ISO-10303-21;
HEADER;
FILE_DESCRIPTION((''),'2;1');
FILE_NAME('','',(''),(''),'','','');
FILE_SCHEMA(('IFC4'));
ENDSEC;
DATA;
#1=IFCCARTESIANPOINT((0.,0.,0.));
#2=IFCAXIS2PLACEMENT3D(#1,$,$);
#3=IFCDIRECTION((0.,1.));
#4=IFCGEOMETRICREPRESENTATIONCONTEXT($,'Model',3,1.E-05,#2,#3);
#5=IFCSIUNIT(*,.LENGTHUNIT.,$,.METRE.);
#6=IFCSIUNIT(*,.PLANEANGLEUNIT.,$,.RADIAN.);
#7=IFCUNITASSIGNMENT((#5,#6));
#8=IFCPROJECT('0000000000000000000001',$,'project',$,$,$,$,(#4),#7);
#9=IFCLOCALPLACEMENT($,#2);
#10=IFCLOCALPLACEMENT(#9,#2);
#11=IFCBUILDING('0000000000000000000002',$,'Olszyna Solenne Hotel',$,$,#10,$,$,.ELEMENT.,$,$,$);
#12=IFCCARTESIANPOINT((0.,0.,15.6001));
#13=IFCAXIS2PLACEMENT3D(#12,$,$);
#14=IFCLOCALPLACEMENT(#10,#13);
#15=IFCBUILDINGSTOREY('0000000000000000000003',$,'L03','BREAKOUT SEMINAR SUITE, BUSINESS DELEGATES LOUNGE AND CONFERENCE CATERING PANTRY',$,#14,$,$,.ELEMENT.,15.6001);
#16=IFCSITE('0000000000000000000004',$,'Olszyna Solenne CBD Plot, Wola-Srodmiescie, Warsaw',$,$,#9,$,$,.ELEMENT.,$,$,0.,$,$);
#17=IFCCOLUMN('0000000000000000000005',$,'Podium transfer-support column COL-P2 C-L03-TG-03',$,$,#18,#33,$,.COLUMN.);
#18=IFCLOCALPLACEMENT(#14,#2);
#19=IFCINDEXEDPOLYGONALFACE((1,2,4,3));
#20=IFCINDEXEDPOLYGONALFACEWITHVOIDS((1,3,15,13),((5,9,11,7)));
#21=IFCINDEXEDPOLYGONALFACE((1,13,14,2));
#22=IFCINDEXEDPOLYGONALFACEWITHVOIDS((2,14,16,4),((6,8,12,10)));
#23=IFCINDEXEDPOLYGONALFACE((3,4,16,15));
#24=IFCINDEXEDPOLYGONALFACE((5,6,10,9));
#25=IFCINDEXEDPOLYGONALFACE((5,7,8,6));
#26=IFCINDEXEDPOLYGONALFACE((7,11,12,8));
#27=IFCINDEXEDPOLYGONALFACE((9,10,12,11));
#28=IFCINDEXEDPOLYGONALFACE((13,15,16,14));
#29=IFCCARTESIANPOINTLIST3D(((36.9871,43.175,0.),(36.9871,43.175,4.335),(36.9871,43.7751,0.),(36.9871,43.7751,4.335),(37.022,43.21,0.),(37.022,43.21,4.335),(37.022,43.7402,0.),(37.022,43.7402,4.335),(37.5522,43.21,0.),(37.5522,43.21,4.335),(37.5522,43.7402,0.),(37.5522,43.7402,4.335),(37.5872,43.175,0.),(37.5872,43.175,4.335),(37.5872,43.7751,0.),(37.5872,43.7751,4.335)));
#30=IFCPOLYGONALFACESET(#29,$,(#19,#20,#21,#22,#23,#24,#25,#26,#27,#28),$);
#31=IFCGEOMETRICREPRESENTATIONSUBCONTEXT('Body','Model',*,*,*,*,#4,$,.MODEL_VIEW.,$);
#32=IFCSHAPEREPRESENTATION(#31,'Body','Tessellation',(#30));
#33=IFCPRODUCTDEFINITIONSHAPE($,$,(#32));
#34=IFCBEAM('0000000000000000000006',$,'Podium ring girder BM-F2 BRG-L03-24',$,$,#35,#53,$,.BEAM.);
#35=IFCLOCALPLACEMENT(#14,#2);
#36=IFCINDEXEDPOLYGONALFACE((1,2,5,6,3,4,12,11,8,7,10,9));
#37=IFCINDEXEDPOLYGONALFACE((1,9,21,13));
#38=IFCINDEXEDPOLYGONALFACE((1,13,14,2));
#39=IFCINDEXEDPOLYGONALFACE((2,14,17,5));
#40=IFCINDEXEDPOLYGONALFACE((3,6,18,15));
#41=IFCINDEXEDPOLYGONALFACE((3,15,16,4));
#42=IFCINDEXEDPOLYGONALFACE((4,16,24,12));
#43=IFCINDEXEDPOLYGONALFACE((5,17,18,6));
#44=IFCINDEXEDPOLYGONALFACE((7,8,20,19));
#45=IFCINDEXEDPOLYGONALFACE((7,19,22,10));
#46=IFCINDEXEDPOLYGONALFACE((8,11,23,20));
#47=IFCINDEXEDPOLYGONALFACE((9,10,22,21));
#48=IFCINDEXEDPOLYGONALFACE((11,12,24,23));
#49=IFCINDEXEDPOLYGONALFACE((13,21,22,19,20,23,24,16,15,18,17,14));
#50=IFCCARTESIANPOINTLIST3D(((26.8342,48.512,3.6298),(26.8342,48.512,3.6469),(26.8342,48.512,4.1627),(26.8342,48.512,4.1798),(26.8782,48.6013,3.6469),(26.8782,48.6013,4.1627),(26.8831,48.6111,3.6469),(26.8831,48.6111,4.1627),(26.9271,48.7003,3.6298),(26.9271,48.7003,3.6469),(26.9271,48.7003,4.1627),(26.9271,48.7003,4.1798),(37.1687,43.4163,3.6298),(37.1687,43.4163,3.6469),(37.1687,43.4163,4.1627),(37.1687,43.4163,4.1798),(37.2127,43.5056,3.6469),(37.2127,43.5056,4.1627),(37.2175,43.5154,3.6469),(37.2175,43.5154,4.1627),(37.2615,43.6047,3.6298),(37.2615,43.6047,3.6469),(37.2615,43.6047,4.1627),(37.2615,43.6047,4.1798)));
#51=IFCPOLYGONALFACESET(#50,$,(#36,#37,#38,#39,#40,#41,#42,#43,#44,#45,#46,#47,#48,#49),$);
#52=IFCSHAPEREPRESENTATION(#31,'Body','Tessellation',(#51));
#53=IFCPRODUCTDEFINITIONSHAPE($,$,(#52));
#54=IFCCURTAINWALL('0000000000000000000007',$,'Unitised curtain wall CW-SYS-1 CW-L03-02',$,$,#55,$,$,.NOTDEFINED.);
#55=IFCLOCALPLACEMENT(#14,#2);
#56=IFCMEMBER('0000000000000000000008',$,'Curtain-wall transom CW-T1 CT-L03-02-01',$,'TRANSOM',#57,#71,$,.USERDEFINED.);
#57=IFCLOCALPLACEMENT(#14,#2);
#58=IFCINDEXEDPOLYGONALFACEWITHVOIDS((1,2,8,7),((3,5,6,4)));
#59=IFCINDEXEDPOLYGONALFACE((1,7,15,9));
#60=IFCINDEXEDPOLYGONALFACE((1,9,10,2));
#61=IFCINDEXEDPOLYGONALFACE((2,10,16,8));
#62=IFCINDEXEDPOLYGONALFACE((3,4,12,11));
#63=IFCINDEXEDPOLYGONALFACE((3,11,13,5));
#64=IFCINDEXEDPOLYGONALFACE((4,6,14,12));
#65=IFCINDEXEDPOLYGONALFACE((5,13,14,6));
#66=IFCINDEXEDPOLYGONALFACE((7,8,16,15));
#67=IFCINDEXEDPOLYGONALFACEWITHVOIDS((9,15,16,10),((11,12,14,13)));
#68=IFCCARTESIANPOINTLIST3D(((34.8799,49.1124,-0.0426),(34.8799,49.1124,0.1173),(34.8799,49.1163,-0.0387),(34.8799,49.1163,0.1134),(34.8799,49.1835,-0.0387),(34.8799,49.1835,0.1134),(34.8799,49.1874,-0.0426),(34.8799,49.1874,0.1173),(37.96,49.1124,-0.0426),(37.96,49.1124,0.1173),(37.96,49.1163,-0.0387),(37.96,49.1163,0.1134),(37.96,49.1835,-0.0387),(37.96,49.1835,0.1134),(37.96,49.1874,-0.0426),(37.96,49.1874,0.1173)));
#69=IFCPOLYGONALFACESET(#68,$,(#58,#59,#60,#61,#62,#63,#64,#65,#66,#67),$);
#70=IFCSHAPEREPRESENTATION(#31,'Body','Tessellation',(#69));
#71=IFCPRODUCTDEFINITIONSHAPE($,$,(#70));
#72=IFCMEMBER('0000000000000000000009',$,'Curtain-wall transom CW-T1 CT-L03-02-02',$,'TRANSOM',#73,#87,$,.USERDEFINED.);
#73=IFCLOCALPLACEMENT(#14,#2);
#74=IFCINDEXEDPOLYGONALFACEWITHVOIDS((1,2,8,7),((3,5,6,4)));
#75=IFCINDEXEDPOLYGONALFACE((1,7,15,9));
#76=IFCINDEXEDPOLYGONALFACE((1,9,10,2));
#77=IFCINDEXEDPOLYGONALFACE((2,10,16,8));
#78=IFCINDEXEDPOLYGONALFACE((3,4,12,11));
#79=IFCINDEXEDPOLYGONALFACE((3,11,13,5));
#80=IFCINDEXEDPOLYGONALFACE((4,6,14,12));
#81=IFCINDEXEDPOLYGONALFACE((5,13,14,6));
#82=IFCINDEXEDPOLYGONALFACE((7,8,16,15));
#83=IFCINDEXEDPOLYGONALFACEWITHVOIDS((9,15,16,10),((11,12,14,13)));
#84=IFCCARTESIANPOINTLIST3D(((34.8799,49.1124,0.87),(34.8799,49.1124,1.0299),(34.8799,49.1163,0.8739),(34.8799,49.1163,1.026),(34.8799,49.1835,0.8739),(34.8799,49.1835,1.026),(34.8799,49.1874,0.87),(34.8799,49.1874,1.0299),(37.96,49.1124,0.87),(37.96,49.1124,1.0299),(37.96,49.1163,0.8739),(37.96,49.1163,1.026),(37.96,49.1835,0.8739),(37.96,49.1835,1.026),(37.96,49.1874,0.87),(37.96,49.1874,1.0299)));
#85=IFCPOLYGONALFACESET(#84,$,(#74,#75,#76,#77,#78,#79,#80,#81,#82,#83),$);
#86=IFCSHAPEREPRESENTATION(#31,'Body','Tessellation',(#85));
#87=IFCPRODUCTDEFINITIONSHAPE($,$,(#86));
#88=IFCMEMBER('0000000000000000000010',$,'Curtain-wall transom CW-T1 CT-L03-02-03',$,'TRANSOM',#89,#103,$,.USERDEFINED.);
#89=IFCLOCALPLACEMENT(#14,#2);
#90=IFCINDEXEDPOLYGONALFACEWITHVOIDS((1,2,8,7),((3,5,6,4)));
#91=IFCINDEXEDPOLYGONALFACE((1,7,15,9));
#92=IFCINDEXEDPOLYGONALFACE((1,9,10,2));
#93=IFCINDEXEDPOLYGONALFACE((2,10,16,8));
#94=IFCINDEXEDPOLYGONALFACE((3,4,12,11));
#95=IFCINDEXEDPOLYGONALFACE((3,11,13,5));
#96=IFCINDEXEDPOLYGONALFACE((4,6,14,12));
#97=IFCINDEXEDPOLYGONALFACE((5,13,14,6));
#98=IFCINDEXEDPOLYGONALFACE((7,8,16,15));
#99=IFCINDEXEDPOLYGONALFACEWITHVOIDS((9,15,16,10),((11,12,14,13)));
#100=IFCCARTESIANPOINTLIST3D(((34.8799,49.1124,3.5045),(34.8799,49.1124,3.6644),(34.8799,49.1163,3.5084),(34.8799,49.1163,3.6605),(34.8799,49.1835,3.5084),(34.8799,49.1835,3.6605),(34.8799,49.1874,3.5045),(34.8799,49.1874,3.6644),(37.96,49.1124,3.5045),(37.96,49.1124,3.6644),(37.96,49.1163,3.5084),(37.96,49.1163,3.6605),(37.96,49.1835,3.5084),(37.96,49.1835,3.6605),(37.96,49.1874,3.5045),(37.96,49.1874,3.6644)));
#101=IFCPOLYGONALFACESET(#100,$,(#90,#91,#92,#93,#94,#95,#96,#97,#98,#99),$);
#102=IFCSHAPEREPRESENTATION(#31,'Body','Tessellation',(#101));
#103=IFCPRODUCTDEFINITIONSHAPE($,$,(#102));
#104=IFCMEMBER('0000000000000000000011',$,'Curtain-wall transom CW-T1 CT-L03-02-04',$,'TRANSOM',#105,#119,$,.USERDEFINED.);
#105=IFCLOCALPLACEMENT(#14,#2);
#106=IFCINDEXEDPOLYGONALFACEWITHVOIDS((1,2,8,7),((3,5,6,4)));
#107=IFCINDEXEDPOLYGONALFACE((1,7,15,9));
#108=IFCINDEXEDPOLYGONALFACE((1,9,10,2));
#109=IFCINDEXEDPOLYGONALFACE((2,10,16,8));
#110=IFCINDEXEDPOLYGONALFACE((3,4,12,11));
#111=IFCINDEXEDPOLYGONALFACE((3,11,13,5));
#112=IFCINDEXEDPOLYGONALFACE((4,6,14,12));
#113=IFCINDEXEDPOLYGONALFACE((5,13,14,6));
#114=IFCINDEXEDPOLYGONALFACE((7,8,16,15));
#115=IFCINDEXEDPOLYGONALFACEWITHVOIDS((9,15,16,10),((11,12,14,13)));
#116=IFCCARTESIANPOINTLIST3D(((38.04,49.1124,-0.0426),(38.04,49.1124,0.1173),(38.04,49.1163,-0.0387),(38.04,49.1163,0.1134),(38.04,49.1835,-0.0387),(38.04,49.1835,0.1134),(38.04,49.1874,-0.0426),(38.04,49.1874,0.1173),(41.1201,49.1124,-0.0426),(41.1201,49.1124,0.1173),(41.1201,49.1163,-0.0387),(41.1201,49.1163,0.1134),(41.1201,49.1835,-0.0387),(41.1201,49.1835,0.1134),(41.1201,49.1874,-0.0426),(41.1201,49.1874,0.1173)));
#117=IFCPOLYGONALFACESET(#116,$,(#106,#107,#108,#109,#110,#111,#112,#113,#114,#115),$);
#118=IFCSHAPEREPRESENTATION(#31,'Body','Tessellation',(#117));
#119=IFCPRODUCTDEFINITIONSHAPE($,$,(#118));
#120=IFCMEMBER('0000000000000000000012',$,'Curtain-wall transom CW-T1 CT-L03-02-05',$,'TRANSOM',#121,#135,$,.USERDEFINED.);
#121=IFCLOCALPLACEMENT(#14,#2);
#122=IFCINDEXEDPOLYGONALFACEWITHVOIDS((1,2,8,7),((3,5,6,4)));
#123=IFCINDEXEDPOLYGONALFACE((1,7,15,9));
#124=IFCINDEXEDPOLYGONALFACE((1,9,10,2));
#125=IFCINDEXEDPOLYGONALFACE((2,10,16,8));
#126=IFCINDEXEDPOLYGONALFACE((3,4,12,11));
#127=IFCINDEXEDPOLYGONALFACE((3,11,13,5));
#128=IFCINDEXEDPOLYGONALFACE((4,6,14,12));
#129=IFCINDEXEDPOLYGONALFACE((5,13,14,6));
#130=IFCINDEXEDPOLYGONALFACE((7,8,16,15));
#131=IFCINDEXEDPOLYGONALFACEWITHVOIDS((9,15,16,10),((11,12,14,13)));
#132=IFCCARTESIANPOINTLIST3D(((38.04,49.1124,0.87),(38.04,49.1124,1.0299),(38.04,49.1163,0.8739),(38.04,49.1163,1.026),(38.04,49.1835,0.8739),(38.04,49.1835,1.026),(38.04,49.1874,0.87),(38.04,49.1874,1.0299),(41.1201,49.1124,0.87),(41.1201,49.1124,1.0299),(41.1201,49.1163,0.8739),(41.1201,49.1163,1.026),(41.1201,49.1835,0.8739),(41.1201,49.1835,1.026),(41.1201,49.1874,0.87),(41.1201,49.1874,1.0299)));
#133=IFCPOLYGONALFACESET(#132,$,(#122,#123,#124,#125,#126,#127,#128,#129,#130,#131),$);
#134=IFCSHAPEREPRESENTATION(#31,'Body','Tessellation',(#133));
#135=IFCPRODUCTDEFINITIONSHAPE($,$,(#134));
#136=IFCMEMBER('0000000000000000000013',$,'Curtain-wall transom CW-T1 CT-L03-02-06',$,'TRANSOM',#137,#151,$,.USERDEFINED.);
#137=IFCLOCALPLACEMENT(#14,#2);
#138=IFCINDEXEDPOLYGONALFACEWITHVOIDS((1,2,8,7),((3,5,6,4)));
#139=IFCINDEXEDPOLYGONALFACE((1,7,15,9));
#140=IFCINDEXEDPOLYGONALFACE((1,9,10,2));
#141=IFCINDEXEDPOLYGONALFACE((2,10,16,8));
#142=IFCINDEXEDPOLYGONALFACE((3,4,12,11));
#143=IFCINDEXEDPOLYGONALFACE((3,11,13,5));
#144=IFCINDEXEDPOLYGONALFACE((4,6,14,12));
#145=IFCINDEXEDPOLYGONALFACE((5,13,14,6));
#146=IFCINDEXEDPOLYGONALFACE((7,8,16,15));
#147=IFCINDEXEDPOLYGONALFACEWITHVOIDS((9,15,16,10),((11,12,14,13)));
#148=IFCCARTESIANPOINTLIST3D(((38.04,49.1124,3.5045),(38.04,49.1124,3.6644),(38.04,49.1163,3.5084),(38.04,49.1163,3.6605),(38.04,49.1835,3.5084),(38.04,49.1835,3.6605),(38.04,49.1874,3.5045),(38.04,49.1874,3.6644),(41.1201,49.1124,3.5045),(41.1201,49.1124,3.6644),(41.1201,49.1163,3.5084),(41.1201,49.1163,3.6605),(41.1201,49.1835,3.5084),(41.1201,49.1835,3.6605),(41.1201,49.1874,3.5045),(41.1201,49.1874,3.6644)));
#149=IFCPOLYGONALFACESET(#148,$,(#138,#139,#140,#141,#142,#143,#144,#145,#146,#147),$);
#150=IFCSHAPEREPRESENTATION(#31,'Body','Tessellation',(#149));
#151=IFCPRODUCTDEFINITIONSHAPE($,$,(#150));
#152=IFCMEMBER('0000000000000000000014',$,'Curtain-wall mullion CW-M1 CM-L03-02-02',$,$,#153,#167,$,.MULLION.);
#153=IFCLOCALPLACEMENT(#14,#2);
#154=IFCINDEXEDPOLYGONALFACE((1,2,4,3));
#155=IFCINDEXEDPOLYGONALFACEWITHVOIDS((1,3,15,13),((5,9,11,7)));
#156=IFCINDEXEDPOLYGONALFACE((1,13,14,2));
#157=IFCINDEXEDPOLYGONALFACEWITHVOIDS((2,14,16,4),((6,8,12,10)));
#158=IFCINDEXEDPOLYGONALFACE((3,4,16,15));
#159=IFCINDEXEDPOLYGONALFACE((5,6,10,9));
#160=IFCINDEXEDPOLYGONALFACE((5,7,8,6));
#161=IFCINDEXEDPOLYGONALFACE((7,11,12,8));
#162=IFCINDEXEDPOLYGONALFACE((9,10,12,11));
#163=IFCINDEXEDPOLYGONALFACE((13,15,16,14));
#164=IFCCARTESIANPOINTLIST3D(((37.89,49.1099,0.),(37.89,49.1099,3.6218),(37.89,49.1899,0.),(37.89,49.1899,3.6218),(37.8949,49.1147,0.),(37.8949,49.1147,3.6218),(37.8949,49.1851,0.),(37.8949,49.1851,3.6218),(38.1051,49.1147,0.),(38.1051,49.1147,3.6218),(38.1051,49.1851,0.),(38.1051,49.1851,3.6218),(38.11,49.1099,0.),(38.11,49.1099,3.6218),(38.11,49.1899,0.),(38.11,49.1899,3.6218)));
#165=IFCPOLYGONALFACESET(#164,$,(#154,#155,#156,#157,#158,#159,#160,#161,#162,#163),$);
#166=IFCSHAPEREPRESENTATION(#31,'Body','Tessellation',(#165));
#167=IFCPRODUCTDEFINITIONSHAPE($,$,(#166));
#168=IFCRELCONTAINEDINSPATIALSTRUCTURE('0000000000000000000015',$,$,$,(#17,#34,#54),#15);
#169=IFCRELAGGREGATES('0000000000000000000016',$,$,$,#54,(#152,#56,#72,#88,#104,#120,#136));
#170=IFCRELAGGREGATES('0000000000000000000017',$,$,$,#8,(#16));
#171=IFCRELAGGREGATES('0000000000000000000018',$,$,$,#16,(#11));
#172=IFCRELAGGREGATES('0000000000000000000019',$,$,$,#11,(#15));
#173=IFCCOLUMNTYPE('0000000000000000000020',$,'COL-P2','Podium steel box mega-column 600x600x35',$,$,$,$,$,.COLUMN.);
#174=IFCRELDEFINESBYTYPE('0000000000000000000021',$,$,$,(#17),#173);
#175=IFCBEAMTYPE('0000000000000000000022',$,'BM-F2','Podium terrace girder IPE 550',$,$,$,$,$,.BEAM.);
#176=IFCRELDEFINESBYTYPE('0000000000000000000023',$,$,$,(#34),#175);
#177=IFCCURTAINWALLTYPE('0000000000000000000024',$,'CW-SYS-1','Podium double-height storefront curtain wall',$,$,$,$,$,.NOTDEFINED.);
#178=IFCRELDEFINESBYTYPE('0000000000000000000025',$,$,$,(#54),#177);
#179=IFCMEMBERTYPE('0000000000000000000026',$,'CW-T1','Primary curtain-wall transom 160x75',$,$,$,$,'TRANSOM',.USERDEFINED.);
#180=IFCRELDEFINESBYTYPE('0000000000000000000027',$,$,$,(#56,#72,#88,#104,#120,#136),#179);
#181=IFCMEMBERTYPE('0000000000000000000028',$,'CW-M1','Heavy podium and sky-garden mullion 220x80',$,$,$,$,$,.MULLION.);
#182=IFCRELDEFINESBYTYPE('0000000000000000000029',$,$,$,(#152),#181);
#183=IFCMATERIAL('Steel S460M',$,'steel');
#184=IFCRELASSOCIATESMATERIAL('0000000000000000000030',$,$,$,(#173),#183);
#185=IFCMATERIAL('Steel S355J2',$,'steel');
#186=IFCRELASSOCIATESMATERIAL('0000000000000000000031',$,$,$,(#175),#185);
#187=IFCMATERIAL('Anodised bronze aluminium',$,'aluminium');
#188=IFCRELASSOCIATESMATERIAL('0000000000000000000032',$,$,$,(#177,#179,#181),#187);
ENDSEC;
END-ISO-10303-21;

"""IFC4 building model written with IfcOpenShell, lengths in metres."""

from ifc_helpers import new_model, si_unit, direction, frame, origin, origin_2d, place, context, subcontext, project, spatial, hollow_rectangle, i_section, extrude, source, transform, mapped, material, material_profile, profile_set, type_object, element, aggregate, save


model = new_model("IFC4")

# Units and contexts
model_context = context("Model", 3, precision=1e-05, world=origin(), true_north=direction((0.0, 1.0)))
body_context = subcontext(model_context, "Body", "Model", "MODEL_VIEW")
ifc_project = project(units=[si_unit("LENGTHUNIT", "METRE"), si_unit("PLANEANGLEUNIT", "RADIAN")], contexts=[model_context])

# Site, building, storey
site_placement = place(None, origin())
site = spatial("IfcSite", under=ifc_project, at=site_placement, Name="Olszyna Solenne CBD Plot, Wola-Srodmiescie, Warsaw", CompositionType="ELEMENT", RefElevation=0.0)
building_placement = place(site_placement, origin())
building = spatial("IfcBuilding", under=site, at=building_placement, Name="Olszyna Solenne Hotel", CompositionType="ELEMENT")
storey_placement = place(building_placement, frame((0.0, 0.0, 15.6001)))
storey = spatial("IfcBuildingStorey", under=building, at=storey_placement, Name="L03", Description="BREAKOUT SEMINAR SUITE, BUSINESS DELEGATES LOUNGE AND CONFERENCE CATERING PANTRY", CompositionType="ELEMENT", Elevation=15.6001)

# Column
ifc_material_1 = material(Name="Steel S460M", Category="steel")
ifc_material_profile_1 = material_profile(ifc_material_1, hollow_rectangle(XDim=0.6001, YDim=0.6001, WallThickness=0.0349, at=origin_2d()), Name="SHS 600x600x35", Category="load-bearing")
ifc_profile_set_1 = profile_set([ifc_material_profile_1], Name="Steel S460M")
column_type = type_object("IfcColumnType", Name="COL-P2", Description="Podium steel box mega-column 600x600x35", PredefinedType="COLUMN", material=ifc_profile_set_1)
shared_shape_1 = source(origin(), body_context, "Body", "SweptSolid", [
    extrude(hollow_rectangle(XDim=0.6001, YDim=0.6001, WallThickness=0.0349, at=origin_2d()), origin(), (0.0, 0.0, 1.0), 4.335),
])
column_placement = place(storey_placement, frame((37.2871, 43.4751, 0.0), z_axis=(0.0, 0.0, 1.0), x_axis=(1.0, 0.0, 0.0)))
element("IfcColumn", 1, at=column_placement, inside=storey, type_object=column_type, Name="Podium transfer-support column COL-P2 C-L03-TG-03", PredefinedType="COLUMN", context=body_context, shape_type="MappedRepresentation", body=[
    mapped(shared_shape_1, transform((0.0, 0.0, 0.0), x_axis=(1.0, 0.0, 0.0), y_axis=(0.0, 1.0, 0.0), z_axis=(0.0, 0.0, 1.0), scale=1.0)),
])

# Beam
ifc_material_2 = material(Name="Steel S355J2", Category="steel")
ifc_material_profile_2 = material_profile(ifc_material_2, i_section(OverallWidth=0.21, OverallDepth=0.55, WebThickness=0.011, FlangeThickness=0.0171, at=origin_2d()), Name="IPE 550", Category="load-bearing")
ifc_profile_set_2 = profile_set([ifc_material_profile_2], Name="Steel S355J2")
beam_type_1 = type_object("IfcBeamType", Name="BM-F2", Description="Podium terrace girder IPE 550", PredefinedType="BEAM", material=ifc_profile_set_2)
shared_shape_2 = source(origin(), body_context, "Body", "SweptSolid", [
    extrude(i_section(OverallWidth=0.21, OverallDepth=0.55, WebThickness=0.011, FlangeThickness=0.0171, at=origin_2d()), origin(), (0.0, 0.0, 1.0), 11.5225),
])
beam_placement = place(storey_placement, frame((37.2151, 43.5105, 3.9048), z_axis=(-0.896897, 0.44224, 0.0), x_axis=(-0.44224, -0.896897, 0.0)))
element("IfcBeam", 2, at=beam_placement, inside=storey, type_object=beam_type_1, Name="Podium ring girder BM-F2 BRG-L03-24", PredefinedType="BEAM", context=body_context, shape_type="MappedRepresentation", body=[
    mapped(shared_shape_2, transform((0.0, 0.0, 0.0), x_axis=(1.0, 0.0, 0.0), y_axis=(0.0, 1.0, 0.0), z_axis=(0.0, 0.0, 1.0), scale=1.0)),
])

# Curtain wall, members
ifc_material_3 = material(Name="Anodised bronze aluminium", Category="aluminium")
curtain_wall_type = type_object("IfcCurtainWallType", Name="CW-SYS-1", Description="Podium double-height storefront curtain wall", PredefinedType="NOTDEFINED", material=ifc_material_3)
curtain_wall_placement = place(storey_placement, origin())
curtain_wall = element("IfcCurtainWall", 3, at=curtain_wall_placement, inside=storey, type_object=curtain_wall_type, Name="Unitised curtain wall CW-SYS-1 CW-L03-02", PredefinedType="NOTDEFINED")
ifc_material_profile_3 = material_profile(ifc_material_3, hollow_rectangle(XDim=0.075, YDim=0.1599, WallThickness=0.0039, at=origin_2d()), Name="TRAN 160x75x4", Category="load-bearing")
ifc_profile_set_3 = profile_set([ifc_material_profile_3], Name="Anodised bronze aluminium")
member_type_1 = type_object("IfcMemberType", Name="CW-T1", Description="Primary curtain-wall transom 160x75", ElementType="TRANSOM", PredefinedType="USERDEFINED", material=ifc_profile_set_3)
shared_shape_3 = source(origin(), body_context, "Body", "SweptSolid", [
    extrude(hollow_rectangle(XDim=0.075, YDim=0.1599, WallThickness=0.0039, at=origin_2d()), origin(), (0.0, 0.0, 1.0), 3.0801),
])
member_1_placement = place(storey_placement, frame((34.8799, 49.1499, 0.0374), z_axis=(1.0, 0.0, 0.0), x_axis=(0.0, 1.0, 0.0)))
member_1 = element("IfcMember", 4, at=member_1_placement, type_object=member_type_1, Name="Curtain-wall transom CW-T1 CT-L03-02-01", ObjectType="TRANSOM", PredefinedType="USERDEFINED", context=body_context, shape_type="MappedRepresentation", body=[
    mapped(shared_shape_3, transform((0.0, 0.0, 0.0), x_axis=(1.0, 0.0, 0.0), y_axis=(0.0, 1.0, 0.0), z_axis=(0.0, 0.0, 1.0), scale=1.0)),
])
member_2_placement = place(storey_placement, frame((34.8799, 49.1499, 0.95), z_axis=(1.0, 0.0, 0.0), x_axis=(0.0, 1.0, 0.0)))
member_2 = element("IfcMember", 5, at=member_2_placement, type_object=member_type_1, Name="Curtain-wall transom CW-T1 CT-L03-02-02", ObjectType="TRANSOM", PredefinedType="USERDEFINED", context=body_context, shape_type="MappedRepresentation", body=[
    mapped(shared_shape_3, transform((0.0, 0.0, 0.0), x_axis=(1.0, 0.0, 0.0), y_axis=(0.0, 1.0, 0.0), z_axis=(0.0, 0.0, 1.0), scale=1.0)),
])
member_3_placement = place(storey_placement, frame((34.8799, 49.1499, 3.5845), z_axis=(1.0, 0.0, 0.0), x_axis=(0.0, 1.0, 0.0)))
member_3 = element("IfcMember", 6, at=member_3_placement, type_object=member_type_1, Name="Curtain-wall transom CW-T1 CT-L03-02-03", ObjectType="TRANSOM", PredefinedType="USERDEFINED", context=body_context, shape_type="MappedRepresentation", body=[
    mapped(shared_shape_3, transform((0.0, 0.0, 0.0), x_axis=(1.0, 0.0, 0.0), y_axis=(0.0, 1.0, 0.0), z_axis=(0.0, 0.0, 1.0), scale=1.0)),
])
member_4_placement = place(storey_placement, frame((38.04, 49.1499, 0.0374), z_axis=(1.0, 0.0, 0.0), x_axis=(0.0, 1.0, 0.0)))
member_4 = element("IfcMember", 7, at=member_4_placement, type_object=member_type_1, Name="Curtain-wall transom CW-T1 CT-L03-02-04", ObjectType="TRANSOM", PredefinedType="USERDEFINED", context=body_context, shape_type="MappedRepresentation", body=[
    mapped(shared_shape_3, transform((0.0, 0.0, 0.0), x_axis=(1.0, 0.0, 0.0), y_axis=(0.0, 1.0, 0.0), z_axis=(0.0, 0.0, 1.0), scale=1.0)),
])
member_5_placement = place(storey_placement, frame((38.04, 49.1499, 0.95), z_axis=(1.0, 0.0, 0.0), x_axis=(0.0, 1.0, 0.0)))
member_5 = element("IfcMember", 8, at=member_5_placement, type_object=member_type_1, Name="Curtain-wall transom CW-T1 CT-L03-02-05", ObjectType="TRANSOM", PredefinedType="USERDEFINED", context=body_context, shape_type="MappedRepresentation", body=[
    mapped(shared_shape_3, transform((0.0, 0.0, 0.0), x_axis=(1.0, 0.0, 0.0), y_axis=(0.0, 1.0, 0.0), z_axis=(0.0, 0.0, 1.0), scale=1.0)),
])
member_6_placement = place(storey_placement, frame((38.04, 49.1499, 3.5845), z_axis=(1.0, 0.0, 0.0), x_axis=(0.0, 1.0, 0.0)))
member_6 = element("IfcMember", 9, at=member_6_placement, type_object=member_type_1, Name="Curtain-wall transom CW-T1 CT-L03-02-06", ObjectType="TRANSOM", PredefinedType="USERDEFINED", context=body_context, shape_type="MappedRepresentation", body=[
    mapped(shared_shape_3, transform((0.0, 0.0, 0.0), x_axis=(1.0, 0.0, 0.0), y_axis=(0.0, 1.0, 0.0), z_axis=(0.0, 0.0, 1.0), scale=1.0)),
])
ifc_material_profile_4 = material_profile(ifc_material_3, hollow_rectangle(XDim=0.0801, YDim=0.22, WallThickness=0.0049, at=origin_2d()), Name="MULL 220x80x5", Category="load-bearing")
ifc_profile_set_4 = profile_set([ifc_material_profile_4], Name="Anodised bronze aluminium")
member_type_2 = type_object("IfcMemberType", Name="CW-M1", Description="Heavy podium and sky-garden mullion 220x80", PredefinedType="MULLION", material=ifc_profile_set_4)
shared_shape_4 = source(origin(), body_context, "Body", "SweptSolid", [
    extrude(hollow_rectangle(XDim=0.0801, YDim=0.22, WallThickness=0.0049, at=origin_2d()), origin(), (0.0, 0.0, 1.0), 3.6218),
])
member_7_placement = place(storey_placement, frame((38.0, 49.1499, 0.0), z_axis=(0.0, 0.0, 1.0), x_axis=(0.0, 1.0, 0.0)))
member_7 = element("IfcMember", 10, at=member_7_placement, type_object=member_type_2, Name="Curtain-wall mullion CW-M1 CM-L03-02-02", PredefinedType="MULLION", context=body_context, shape_type="MappedRepresentation", body=[
    mapped(shared_shape_4, transform((0.0, 0.0, 0.0), x_axis=(1.0, 0.0, 0.0), y_axis=(0.0, 1.0, 0.0), z_axis=(0.0, 0.0, 1.0), scale=1.0)),
])

aggregate(curtain_wall, [member_7, member_1, member_2, member_3, member_4, member_5, member_6])

save(model, "model.ifc")
